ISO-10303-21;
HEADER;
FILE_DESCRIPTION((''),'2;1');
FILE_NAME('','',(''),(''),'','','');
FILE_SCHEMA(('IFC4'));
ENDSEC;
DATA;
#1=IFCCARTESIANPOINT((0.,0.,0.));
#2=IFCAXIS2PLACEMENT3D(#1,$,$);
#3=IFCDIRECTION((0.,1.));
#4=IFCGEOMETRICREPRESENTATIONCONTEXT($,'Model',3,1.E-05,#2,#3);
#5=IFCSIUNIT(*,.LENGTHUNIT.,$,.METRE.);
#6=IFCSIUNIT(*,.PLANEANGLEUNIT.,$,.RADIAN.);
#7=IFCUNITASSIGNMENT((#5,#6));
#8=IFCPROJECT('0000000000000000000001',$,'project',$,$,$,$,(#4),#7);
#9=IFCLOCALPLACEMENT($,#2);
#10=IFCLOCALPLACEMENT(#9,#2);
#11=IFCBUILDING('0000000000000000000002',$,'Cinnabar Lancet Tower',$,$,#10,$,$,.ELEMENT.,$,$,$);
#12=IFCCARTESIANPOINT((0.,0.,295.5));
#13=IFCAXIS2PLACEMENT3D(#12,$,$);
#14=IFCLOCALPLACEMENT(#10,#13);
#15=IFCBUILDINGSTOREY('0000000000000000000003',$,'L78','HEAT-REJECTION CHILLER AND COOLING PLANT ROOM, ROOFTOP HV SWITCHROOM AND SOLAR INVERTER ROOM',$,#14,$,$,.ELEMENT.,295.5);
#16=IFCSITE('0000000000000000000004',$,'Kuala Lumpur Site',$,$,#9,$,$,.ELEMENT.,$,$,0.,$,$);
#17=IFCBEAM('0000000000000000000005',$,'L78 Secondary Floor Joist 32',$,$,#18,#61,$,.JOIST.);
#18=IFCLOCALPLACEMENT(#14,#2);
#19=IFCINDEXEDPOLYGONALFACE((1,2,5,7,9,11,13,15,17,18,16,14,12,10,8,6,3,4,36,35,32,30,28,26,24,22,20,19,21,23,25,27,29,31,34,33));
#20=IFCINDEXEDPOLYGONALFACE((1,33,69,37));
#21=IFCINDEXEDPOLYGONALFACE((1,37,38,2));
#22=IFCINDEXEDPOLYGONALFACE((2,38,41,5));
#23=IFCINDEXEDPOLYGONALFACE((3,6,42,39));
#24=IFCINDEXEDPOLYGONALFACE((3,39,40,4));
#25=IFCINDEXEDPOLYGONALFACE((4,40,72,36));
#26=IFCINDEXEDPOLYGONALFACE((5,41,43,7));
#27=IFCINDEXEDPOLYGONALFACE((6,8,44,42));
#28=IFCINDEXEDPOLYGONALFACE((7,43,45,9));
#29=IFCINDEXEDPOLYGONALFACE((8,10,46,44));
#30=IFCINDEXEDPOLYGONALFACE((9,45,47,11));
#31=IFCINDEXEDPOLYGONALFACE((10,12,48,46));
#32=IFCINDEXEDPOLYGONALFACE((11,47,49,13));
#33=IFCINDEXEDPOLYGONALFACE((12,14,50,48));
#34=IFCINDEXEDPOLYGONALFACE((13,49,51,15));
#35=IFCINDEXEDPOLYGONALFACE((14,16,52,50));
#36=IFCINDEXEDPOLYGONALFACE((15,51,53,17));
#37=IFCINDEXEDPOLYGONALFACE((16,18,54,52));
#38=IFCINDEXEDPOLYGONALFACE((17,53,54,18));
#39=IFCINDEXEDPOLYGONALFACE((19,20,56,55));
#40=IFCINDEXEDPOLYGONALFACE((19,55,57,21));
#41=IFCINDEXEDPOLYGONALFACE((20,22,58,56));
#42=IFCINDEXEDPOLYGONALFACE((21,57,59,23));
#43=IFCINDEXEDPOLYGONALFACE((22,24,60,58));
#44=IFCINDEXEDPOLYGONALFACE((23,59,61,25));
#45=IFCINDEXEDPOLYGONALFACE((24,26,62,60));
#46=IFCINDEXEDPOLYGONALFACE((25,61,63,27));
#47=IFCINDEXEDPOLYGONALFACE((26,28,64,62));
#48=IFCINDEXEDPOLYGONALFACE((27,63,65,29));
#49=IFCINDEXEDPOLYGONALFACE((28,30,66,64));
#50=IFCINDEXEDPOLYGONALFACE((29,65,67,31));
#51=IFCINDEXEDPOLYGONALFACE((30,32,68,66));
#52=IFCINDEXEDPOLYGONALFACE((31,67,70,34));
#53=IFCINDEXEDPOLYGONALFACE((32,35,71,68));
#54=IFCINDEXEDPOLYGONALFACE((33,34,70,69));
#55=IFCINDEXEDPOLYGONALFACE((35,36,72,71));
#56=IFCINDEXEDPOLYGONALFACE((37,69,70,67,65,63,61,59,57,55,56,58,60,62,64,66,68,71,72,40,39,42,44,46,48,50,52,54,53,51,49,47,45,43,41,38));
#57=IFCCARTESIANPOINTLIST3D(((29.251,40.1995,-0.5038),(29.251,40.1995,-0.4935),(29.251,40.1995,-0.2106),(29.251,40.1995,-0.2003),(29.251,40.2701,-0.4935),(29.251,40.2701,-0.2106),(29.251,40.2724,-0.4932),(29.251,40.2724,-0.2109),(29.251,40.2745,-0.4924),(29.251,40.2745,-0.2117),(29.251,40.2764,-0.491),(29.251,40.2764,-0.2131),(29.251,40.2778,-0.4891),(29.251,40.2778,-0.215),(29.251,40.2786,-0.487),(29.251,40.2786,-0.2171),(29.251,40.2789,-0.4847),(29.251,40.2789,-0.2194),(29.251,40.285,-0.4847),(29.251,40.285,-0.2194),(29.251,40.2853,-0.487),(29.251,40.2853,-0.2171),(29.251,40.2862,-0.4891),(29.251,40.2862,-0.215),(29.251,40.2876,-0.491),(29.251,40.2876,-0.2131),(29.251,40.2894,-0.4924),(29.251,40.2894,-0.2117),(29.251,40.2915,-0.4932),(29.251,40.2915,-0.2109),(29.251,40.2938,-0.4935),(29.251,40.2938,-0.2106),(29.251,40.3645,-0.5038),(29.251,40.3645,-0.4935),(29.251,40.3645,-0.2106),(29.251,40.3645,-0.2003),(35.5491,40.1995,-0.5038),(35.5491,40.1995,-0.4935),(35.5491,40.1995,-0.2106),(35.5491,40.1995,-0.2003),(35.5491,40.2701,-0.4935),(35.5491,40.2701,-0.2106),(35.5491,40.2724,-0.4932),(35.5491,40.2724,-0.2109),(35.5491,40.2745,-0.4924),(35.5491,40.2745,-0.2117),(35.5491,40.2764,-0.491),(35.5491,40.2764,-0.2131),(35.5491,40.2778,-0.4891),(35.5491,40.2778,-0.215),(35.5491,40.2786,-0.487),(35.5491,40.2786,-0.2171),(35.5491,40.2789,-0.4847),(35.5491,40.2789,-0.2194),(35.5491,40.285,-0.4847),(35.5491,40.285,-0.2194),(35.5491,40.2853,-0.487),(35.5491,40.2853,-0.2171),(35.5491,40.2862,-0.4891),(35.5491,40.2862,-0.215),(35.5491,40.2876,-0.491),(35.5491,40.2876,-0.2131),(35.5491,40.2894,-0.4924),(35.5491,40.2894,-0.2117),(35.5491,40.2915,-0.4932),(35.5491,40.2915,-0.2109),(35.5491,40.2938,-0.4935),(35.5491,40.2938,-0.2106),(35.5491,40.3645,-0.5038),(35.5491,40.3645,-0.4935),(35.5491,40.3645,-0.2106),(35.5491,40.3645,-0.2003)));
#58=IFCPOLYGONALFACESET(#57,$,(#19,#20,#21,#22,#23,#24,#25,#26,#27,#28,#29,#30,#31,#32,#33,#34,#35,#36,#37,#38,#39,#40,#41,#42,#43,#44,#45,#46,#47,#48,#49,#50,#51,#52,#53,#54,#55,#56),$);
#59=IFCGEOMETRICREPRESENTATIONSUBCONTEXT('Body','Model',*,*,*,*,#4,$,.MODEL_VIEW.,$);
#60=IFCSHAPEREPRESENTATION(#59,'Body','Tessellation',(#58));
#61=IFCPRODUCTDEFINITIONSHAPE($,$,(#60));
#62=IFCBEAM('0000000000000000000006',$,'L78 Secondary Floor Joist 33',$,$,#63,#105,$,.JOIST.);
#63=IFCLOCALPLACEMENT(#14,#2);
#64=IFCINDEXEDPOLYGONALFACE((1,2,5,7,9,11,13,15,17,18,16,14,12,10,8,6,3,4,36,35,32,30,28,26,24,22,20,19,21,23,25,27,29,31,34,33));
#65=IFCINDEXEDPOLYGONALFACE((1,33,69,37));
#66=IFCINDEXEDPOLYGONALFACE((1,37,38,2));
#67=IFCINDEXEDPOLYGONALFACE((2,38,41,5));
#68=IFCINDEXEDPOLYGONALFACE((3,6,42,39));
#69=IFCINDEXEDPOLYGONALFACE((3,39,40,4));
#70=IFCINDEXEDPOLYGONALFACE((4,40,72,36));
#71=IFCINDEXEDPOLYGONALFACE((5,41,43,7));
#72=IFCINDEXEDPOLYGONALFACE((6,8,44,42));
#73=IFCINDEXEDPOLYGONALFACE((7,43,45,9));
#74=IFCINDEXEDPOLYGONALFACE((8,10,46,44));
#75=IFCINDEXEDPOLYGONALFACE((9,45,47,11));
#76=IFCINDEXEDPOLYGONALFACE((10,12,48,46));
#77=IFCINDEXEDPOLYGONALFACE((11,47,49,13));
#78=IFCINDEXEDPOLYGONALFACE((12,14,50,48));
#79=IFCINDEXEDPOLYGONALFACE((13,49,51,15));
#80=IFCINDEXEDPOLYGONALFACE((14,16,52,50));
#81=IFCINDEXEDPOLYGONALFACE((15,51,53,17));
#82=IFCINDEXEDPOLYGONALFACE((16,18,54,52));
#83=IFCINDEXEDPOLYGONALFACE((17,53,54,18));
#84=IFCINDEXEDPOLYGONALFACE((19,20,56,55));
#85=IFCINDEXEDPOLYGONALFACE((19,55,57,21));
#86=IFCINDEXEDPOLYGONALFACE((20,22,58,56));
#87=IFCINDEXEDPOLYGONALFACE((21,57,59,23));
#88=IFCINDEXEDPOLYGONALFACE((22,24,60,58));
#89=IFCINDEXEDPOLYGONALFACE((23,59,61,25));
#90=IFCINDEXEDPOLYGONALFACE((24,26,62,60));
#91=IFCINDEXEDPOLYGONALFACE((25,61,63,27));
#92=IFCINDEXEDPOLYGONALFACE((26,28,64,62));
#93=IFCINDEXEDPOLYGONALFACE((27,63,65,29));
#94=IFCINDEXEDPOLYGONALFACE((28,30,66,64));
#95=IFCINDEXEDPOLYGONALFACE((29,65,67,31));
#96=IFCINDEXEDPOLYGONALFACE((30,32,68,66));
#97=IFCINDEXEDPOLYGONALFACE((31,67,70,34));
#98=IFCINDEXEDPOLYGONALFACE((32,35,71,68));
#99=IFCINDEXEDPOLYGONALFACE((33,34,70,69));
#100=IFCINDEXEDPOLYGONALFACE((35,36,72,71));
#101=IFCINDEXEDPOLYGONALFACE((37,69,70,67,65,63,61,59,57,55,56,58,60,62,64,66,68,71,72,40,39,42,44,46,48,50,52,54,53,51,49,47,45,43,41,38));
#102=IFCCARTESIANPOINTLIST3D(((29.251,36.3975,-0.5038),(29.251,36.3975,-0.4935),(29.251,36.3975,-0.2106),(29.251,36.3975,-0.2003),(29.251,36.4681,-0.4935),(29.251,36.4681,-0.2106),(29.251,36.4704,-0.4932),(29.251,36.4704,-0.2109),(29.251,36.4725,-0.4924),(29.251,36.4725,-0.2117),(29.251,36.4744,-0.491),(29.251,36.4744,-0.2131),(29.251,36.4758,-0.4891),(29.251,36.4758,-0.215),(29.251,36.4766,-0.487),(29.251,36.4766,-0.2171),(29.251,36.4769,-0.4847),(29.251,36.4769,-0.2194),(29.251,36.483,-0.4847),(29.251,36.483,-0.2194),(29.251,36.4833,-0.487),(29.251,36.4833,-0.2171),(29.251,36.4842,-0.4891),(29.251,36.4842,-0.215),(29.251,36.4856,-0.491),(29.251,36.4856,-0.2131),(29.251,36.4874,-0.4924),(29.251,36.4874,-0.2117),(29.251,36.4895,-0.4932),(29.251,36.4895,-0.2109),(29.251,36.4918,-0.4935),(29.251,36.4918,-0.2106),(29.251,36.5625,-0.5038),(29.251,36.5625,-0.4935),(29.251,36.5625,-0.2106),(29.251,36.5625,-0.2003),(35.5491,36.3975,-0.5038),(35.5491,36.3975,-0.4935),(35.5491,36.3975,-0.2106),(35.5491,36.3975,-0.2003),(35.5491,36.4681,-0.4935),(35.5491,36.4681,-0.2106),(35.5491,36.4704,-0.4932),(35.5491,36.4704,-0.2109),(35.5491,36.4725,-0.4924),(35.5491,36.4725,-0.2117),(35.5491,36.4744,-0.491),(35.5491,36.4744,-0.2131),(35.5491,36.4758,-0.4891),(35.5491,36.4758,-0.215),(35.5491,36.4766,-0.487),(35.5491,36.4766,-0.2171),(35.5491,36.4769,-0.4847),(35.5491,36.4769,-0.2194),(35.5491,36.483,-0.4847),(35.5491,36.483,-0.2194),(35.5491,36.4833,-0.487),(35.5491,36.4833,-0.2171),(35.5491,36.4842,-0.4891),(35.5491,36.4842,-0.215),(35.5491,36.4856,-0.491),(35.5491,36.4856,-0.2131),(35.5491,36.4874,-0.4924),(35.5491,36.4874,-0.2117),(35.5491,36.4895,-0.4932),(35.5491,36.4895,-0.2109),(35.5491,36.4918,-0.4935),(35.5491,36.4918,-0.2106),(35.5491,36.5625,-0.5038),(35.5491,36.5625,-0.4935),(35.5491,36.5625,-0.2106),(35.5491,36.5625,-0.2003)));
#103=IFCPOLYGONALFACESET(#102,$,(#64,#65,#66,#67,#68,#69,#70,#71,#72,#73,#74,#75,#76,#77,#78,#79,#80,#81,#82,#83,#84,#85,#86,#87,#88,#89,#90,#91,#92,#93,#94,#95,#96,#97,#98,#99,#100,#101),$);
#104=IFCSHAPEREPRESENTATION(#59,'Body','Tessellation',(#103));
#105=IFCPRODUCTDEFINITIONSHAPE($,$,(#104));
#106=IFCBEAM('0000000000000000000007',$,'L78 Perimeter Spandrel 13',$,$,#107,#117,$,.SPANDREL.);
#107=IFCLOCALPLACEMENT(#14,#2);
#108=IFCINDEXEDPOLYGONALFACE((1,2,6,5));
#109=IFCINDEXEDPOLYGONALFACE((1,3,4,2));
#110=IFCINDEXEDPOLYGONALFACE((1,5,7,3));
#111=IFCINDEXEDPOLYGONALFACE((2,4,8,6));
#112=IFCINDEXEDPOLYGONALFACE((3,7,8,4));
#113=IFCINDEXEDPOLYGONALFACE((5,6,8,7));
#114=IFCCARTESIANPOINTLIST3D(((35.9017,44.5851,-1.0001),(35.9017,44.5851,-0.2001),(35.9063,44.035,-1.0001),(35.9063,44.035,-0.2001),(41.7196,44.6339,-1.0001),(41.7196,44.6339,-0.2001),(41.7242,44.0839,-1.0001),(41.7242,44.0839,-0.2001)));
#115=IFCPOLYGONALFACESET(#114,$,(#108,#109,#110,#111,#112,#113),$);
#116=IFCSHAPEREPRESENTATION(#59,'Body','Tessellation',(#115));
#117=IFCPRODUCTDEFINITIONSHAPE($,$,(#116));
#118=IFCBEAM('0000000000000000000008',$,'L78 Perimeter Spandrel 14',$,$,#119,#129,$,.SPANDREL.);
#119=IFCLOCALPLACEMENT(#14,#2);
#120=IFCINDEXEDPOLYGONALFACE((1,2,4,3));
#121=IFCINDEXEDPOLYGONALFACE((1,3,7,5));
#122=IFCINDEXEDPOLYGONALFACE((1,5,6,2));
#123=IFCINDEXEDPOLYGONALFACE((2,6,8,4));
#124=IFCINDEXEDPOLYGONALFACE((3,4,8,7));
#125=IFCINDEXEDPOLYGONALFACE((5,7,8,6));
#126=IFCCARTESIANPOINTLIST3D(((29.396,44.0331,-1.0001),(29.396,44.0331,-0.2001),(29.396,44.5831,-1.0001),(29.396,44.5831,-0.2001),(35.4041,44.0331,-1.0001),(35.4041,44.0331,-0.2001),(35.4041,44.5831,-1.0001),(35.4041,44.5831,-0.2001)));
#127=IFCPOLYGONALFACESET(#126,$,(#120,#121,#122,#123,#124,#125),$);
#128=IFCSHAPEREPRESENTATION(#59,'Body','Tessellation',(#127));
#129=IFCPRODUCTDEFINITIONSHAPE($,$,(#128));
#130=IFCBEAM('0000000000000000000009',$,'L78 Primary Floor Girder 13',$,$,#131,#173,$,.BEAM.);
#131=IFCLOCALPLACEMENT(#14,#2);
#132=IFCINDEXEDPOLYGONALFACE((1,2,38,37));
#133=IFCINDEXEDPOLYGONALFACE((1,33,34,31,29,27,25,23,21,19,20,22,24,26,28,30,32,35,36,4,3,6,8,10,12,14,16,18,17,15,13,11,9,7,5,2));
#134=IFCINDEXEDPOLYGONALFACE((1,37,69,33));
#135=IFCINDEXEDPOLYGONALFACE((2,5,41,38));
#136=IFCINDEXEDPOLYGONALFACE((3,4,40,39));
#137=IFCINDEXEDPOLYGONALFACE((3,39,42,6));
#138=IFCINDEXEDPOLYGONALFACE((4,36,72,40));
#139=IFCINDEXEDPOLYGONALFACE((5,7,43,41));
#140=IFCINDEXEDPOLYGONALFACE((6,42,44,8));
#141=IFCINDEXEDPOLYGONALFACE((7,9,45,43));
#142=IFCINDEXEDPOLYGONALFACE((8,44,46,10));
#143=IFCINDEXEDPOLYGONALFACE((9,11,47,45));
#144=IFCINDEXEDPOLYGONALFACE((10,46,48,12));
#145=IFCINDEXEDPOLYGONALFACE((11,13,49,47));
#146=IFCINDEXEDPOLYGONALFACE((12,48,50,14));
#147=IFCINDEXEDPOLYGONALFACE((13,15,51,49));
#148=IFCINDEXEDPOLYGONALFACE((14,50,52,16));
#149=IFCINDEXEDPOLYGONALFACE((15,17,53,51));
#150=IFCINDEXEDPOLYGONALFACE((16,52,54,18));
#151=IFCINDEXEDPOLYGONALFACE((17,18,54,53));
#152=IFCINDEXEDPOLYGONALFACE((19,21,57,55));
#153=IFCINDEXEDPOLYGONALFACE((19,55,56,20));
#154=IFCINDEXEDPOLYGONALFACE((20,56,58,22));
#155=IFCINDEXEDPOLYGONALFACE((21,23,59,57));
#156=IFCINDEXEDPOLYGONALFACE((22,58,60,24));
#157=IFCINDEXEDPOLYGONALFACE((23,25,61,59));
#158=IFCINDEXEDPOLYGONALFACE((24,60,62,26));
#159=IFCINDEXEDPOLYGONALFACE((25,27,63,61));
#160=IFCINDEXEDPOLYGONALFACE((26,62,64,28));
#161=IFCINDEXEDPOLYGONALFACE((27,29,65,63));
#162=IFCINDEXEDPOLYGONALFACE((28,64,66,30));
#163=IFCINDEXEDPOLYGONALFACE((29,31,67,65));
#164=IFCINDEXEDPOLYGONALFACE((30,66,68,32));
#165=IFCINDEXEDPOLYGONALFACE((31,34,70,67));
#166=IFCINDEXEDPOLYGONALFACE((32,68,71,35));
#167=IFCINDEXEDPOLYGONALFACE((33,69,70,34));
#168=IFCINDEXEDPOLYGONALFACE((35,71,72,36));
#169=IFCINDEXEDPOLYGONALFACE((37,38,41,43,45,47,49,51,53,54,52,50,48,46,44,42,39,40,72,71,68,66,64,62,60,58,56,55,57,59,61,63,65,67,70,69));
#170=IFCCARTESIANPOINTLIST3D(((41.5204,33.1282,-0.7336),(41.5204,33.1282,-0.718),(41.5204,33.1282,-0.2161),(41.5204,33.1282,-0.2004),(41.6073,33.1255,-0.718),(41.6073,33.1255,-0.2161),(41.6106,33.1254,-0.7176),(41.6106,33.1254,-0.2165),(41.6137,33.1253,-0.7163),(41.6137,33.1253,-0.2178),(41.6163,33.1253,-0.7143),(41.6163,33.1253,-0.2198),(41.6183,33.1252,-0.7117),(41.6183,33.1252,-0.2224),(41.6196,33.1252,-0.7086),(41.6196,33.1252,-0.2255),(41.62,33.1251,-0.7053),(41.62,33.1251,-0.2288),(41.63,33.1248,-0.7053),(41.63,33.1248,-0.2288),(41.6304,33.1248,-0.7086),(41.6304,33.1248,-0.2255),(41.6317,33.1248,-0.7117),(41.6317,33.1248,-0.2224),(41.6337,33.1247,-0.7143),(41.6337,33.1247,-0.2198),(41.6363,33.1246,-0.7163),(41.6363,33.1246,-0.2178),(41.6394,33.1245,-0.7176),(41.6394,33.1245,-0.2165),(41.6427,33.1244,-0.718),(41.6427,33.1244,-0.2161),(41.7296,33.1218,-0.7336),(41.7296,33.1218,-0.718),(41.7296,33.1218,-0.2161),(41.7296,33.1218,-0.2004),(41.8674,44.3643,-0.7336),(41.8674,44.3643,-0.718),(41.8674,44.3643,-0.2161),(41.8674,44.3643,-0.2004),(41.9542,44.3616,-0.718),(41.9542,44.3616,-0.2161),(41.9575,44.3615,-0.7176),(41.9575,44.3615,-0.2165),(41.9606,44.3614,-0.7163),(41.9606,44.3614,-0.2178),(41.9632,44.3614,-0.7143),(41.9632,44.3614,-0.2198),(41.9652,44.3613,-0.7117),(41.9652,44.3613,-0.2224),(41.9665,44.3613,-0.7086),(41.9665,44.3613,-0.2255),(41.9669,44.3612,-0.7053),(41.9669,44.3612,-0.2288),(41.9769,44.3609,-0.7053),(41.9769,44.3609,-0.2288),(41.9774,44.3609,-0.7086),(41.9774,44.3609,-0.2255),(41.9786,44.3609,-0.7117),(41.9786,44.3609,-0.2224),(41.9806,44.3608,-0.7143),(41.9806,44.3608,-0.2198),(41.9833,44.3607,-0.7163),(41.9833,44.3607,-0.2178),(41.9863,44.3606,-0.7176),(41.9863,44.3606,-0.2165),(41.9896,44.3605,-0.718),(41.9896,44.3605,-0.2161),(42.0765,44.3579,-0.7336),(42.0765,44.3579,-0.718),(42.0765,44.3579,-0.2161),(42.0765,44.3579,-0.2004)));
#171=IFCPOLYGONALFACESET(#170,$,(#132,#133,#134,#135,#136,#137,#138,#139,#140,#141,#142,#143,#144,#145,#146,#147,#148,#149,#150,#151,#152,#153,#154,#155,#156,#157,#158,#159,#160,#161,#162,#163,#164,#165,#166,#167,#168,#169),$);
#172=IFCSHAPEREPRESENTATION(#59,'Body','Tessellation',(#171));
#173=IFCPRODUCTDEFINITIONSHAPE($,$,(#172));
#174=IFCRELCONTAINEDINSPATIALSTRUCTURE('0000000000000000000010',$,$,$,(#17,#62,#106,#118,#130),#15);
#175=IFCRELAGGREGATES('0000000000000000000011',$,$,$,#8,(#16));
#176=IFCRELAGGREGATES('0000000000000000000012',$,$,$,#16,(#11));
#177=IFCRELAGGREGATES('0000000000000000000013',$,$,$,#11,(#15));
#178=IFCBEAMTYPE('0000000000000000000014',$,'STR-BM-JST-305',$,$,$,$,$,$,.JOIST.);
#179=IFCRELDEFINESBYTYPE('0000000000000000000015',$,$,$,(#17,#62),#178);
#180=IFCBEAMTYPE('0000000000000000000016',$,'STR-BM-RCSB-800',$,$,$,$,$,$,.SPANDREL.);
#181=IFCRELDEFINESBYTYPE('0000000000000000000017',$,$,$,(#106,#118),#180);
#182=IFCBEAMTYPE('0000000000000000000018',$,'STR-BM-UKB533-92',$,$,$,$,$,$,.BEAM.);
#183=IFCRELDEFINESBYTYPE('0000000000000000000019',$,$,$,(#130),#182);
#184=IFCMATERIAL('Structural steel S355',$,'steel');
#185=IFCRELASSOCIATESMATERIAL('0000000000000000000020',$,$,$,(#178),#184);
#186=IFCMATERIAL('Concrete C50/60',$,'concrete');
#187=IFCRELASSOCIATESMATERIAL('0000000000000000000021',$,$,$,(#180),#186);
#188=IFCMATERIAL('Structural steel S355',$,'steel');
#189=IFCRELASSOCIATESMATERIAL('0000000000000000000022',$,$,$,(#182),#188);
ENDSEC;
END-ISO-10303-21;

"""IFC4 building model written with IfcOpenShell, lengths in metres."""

from ifc_helpers import new_model, si_unit, direction, frame, origin, origin_2d, place, context, subcontext, project, spatial, rectangle, i_section, extrude, material, material_profile, profile_set, type_object, element, save


model = new_model("IFC4")

# Units and contexts
model_context = context("Model", 3, precision=1e-05, world=origin(), true_north=direction((0.0, 1.0)))
body_context = subcontext(model_context, "Body", "Model", "MODEL_VIEW")
ifc_project = project(units=[si_unit("LENGTHUNIT", "METRE"), si_unit("PLANEANGLEUNIT", "RADIAN")], contexts=[model_context])

# Site, building, storey
site_placement = place(None, origin())
site = spatial("IfcSite", under=ifc_project, at=site_placement, Name="Kuala Lumpur Site", CompositionType="ELEMENT", RefElevation=0.0)
building_placement = place(site_placement, origin())
building = spatial("IfcBuilding", under=site, at=building_placement, Name="Cinnabar Lancet Tower", CompositionType="ELEMENT")
storey_placement = place(building_placement, frame((0.0, 0.0, 295.5)))
storey = spatial("IfcBuildingStorey", under=building, at=storey_placement, Name="L78", Description="HEAT-REJECTION CHILLER AND COOLING PLANT ROOM, ROOFTOP HV SWITCHROOM AND SOLAR INVERTER ROOM", CompositionType="ELEMENT", Elevation=295.5)

# Beams
ifc_material_1 = material(Name="Structural steel S355", Category="steel")
ifc_material_profile_1 = material_profile(ifc_material_1, i_section(OverallWidth=0.165, OverallDepth=0.3035, WebThickness=0.0061, FlangeThickness=0.0103, FilletRadius=0.0088, at=origin_2d()), Name="UKB 305x165x40")
ifc_profile_set_1 = profile_set([ifc_material_profile_1], Name="Structural steel S355")
beam_type_1 = type_object("IfcBeamType", Name="STR-BM-JST-305", PredefinedType="JOIST", material=ifc_profile_set_1)
for number, where, z_axis, x_axis, name in (
    (1, (35.5491, 40.282, -0.3521), (-1.0, 0.0, 0.0), (0.0, -1.0, 0.0), "L78 Secondary Floor Joist 32"),
    (2, (35.5491, 36.48, -0.3521), (-1.0, 0.0, 0.0), (0.0, -1.0, 0.0), "L78 Secondary Floor Joist 33"),
):
    element("IfcBeam", number, at=place(storey_placement, frame(where, z_axis=z_axis, x_axis=x_axis)), inside=storey, type_object=beam_type_1, Name=name, PredefinedType="JOIST", context=body_context, shape_type="SweptSolid", body=[
        extrude(i_section(OverallWidth=0.165, OverallDepth=0.3035, WebThickness=0.0061, FlangeThickness=0.0103, FilletRadius=0.0088, at=origin_2d()), origin(), (0.0, 0.0, 1.0), 6.2981),
    ])
ifc_material_2 = material(Name="Concrete C50/60", Category="concrete")
ifc_material_profile_2 = material_profile(ifc_material_2, rectangle(XDim=0.55, YDim=0.8, at=origin_2d()), Name="RC-SB 550x800")
ifc_profile_set_2 = profile_set([ifc_material_profile_2], Name="Concrete C50/60")
beam_type_2 = type_object("IfcBeamType", Name="STR-BM-RCSB-800", PredefinedType="SPANDREL", material=ifc_profile_set_2)
beam_1_placement = place(storey_placement, frame((41.7219, 44.3589, -0.6001), z_axis=(-0.999965, -0.008392, 0.0), x_axis=(0.008392, -0.999965, 0.0)))
element("IfcBeam", 3, at=beam_1_placement, inside=storey, type_object=beam_type_2, Name="L78 Perimeter Spandrel 13", PredefinedType="SPANDREL", context=body_context, shape_type="SweptSolid", body=[
    extrude(rectangle(XDim=0.55, YDim=0.8, at=origin_2d()), origin(), (0.0, 0.0, 1.0), 5.8181),
])
beam_2_placement = place(storey_placement, frame((35.4041, 44.3081, -0.6001), z_axis=(-1.0, 0.0, 0.0), x_axis=(0.0, -1.0, 0.0)))
element("IfcBeam", 4, at=beam_2_placement, inside=storey, type_object=beam_type_2, Name="L78 Perimeter Spandrel 14", PredefinedType="SPANDREL", context=body_context, shape_type="SweptSolid", body=[
    extrude(rectangle(XDim=0.55, YDim=0.8, at=origin_2d()), origin(), (0.0, 0.0, 1.0), 6.0081),
])
ifc_material_3 = material(Name="Structural steel S355", Category="steel")
ifc_material_profile_3 = material_profile(ifc_material_3, i_section(OverallWidth=0.2092, OverallDepth=0.5332, WebThickness=0.01, FlangeThickness=0.0156, FilletRadius=0.0127, at=origin_2d()), Name="UKB 533x210x92")
ifc_profile_set_3 = profile_set([ifc_material_profile_3], Name="Structural steel S355")
beam_type_3 = type_object("IfcBeamType", Name="STR-BM-UKB533-92", PredefinedType="BEAM", material=ifc_profile_set_3)
beam_3_placement = place(storey_placement, frame((41.9719, 44.3611, -0.467), z_axis=(-0.030861, -0.999524, 0.0), x_axis=(0.999524, -0.030861, 0.0)))
element("IfcBeam", 5, at=beam_3_placement, inside=storey, type_object=beam_type_3, Name="L78 Primary Floor Girder 13", PredefinedType="BEAM", context=body_context, shape_type="SweptSolid", body=[
    extrude(i_section(OverallWidth=0.2092, OverallDepth=0.5332, WebThickness=0.01, FlangeThickness=0.0156, FilletRadius=0.0127, at=origin_2d()), origin(), (0.0, 0.0, 1.0), 11.2415),
])

save(model, "model.ifc")
